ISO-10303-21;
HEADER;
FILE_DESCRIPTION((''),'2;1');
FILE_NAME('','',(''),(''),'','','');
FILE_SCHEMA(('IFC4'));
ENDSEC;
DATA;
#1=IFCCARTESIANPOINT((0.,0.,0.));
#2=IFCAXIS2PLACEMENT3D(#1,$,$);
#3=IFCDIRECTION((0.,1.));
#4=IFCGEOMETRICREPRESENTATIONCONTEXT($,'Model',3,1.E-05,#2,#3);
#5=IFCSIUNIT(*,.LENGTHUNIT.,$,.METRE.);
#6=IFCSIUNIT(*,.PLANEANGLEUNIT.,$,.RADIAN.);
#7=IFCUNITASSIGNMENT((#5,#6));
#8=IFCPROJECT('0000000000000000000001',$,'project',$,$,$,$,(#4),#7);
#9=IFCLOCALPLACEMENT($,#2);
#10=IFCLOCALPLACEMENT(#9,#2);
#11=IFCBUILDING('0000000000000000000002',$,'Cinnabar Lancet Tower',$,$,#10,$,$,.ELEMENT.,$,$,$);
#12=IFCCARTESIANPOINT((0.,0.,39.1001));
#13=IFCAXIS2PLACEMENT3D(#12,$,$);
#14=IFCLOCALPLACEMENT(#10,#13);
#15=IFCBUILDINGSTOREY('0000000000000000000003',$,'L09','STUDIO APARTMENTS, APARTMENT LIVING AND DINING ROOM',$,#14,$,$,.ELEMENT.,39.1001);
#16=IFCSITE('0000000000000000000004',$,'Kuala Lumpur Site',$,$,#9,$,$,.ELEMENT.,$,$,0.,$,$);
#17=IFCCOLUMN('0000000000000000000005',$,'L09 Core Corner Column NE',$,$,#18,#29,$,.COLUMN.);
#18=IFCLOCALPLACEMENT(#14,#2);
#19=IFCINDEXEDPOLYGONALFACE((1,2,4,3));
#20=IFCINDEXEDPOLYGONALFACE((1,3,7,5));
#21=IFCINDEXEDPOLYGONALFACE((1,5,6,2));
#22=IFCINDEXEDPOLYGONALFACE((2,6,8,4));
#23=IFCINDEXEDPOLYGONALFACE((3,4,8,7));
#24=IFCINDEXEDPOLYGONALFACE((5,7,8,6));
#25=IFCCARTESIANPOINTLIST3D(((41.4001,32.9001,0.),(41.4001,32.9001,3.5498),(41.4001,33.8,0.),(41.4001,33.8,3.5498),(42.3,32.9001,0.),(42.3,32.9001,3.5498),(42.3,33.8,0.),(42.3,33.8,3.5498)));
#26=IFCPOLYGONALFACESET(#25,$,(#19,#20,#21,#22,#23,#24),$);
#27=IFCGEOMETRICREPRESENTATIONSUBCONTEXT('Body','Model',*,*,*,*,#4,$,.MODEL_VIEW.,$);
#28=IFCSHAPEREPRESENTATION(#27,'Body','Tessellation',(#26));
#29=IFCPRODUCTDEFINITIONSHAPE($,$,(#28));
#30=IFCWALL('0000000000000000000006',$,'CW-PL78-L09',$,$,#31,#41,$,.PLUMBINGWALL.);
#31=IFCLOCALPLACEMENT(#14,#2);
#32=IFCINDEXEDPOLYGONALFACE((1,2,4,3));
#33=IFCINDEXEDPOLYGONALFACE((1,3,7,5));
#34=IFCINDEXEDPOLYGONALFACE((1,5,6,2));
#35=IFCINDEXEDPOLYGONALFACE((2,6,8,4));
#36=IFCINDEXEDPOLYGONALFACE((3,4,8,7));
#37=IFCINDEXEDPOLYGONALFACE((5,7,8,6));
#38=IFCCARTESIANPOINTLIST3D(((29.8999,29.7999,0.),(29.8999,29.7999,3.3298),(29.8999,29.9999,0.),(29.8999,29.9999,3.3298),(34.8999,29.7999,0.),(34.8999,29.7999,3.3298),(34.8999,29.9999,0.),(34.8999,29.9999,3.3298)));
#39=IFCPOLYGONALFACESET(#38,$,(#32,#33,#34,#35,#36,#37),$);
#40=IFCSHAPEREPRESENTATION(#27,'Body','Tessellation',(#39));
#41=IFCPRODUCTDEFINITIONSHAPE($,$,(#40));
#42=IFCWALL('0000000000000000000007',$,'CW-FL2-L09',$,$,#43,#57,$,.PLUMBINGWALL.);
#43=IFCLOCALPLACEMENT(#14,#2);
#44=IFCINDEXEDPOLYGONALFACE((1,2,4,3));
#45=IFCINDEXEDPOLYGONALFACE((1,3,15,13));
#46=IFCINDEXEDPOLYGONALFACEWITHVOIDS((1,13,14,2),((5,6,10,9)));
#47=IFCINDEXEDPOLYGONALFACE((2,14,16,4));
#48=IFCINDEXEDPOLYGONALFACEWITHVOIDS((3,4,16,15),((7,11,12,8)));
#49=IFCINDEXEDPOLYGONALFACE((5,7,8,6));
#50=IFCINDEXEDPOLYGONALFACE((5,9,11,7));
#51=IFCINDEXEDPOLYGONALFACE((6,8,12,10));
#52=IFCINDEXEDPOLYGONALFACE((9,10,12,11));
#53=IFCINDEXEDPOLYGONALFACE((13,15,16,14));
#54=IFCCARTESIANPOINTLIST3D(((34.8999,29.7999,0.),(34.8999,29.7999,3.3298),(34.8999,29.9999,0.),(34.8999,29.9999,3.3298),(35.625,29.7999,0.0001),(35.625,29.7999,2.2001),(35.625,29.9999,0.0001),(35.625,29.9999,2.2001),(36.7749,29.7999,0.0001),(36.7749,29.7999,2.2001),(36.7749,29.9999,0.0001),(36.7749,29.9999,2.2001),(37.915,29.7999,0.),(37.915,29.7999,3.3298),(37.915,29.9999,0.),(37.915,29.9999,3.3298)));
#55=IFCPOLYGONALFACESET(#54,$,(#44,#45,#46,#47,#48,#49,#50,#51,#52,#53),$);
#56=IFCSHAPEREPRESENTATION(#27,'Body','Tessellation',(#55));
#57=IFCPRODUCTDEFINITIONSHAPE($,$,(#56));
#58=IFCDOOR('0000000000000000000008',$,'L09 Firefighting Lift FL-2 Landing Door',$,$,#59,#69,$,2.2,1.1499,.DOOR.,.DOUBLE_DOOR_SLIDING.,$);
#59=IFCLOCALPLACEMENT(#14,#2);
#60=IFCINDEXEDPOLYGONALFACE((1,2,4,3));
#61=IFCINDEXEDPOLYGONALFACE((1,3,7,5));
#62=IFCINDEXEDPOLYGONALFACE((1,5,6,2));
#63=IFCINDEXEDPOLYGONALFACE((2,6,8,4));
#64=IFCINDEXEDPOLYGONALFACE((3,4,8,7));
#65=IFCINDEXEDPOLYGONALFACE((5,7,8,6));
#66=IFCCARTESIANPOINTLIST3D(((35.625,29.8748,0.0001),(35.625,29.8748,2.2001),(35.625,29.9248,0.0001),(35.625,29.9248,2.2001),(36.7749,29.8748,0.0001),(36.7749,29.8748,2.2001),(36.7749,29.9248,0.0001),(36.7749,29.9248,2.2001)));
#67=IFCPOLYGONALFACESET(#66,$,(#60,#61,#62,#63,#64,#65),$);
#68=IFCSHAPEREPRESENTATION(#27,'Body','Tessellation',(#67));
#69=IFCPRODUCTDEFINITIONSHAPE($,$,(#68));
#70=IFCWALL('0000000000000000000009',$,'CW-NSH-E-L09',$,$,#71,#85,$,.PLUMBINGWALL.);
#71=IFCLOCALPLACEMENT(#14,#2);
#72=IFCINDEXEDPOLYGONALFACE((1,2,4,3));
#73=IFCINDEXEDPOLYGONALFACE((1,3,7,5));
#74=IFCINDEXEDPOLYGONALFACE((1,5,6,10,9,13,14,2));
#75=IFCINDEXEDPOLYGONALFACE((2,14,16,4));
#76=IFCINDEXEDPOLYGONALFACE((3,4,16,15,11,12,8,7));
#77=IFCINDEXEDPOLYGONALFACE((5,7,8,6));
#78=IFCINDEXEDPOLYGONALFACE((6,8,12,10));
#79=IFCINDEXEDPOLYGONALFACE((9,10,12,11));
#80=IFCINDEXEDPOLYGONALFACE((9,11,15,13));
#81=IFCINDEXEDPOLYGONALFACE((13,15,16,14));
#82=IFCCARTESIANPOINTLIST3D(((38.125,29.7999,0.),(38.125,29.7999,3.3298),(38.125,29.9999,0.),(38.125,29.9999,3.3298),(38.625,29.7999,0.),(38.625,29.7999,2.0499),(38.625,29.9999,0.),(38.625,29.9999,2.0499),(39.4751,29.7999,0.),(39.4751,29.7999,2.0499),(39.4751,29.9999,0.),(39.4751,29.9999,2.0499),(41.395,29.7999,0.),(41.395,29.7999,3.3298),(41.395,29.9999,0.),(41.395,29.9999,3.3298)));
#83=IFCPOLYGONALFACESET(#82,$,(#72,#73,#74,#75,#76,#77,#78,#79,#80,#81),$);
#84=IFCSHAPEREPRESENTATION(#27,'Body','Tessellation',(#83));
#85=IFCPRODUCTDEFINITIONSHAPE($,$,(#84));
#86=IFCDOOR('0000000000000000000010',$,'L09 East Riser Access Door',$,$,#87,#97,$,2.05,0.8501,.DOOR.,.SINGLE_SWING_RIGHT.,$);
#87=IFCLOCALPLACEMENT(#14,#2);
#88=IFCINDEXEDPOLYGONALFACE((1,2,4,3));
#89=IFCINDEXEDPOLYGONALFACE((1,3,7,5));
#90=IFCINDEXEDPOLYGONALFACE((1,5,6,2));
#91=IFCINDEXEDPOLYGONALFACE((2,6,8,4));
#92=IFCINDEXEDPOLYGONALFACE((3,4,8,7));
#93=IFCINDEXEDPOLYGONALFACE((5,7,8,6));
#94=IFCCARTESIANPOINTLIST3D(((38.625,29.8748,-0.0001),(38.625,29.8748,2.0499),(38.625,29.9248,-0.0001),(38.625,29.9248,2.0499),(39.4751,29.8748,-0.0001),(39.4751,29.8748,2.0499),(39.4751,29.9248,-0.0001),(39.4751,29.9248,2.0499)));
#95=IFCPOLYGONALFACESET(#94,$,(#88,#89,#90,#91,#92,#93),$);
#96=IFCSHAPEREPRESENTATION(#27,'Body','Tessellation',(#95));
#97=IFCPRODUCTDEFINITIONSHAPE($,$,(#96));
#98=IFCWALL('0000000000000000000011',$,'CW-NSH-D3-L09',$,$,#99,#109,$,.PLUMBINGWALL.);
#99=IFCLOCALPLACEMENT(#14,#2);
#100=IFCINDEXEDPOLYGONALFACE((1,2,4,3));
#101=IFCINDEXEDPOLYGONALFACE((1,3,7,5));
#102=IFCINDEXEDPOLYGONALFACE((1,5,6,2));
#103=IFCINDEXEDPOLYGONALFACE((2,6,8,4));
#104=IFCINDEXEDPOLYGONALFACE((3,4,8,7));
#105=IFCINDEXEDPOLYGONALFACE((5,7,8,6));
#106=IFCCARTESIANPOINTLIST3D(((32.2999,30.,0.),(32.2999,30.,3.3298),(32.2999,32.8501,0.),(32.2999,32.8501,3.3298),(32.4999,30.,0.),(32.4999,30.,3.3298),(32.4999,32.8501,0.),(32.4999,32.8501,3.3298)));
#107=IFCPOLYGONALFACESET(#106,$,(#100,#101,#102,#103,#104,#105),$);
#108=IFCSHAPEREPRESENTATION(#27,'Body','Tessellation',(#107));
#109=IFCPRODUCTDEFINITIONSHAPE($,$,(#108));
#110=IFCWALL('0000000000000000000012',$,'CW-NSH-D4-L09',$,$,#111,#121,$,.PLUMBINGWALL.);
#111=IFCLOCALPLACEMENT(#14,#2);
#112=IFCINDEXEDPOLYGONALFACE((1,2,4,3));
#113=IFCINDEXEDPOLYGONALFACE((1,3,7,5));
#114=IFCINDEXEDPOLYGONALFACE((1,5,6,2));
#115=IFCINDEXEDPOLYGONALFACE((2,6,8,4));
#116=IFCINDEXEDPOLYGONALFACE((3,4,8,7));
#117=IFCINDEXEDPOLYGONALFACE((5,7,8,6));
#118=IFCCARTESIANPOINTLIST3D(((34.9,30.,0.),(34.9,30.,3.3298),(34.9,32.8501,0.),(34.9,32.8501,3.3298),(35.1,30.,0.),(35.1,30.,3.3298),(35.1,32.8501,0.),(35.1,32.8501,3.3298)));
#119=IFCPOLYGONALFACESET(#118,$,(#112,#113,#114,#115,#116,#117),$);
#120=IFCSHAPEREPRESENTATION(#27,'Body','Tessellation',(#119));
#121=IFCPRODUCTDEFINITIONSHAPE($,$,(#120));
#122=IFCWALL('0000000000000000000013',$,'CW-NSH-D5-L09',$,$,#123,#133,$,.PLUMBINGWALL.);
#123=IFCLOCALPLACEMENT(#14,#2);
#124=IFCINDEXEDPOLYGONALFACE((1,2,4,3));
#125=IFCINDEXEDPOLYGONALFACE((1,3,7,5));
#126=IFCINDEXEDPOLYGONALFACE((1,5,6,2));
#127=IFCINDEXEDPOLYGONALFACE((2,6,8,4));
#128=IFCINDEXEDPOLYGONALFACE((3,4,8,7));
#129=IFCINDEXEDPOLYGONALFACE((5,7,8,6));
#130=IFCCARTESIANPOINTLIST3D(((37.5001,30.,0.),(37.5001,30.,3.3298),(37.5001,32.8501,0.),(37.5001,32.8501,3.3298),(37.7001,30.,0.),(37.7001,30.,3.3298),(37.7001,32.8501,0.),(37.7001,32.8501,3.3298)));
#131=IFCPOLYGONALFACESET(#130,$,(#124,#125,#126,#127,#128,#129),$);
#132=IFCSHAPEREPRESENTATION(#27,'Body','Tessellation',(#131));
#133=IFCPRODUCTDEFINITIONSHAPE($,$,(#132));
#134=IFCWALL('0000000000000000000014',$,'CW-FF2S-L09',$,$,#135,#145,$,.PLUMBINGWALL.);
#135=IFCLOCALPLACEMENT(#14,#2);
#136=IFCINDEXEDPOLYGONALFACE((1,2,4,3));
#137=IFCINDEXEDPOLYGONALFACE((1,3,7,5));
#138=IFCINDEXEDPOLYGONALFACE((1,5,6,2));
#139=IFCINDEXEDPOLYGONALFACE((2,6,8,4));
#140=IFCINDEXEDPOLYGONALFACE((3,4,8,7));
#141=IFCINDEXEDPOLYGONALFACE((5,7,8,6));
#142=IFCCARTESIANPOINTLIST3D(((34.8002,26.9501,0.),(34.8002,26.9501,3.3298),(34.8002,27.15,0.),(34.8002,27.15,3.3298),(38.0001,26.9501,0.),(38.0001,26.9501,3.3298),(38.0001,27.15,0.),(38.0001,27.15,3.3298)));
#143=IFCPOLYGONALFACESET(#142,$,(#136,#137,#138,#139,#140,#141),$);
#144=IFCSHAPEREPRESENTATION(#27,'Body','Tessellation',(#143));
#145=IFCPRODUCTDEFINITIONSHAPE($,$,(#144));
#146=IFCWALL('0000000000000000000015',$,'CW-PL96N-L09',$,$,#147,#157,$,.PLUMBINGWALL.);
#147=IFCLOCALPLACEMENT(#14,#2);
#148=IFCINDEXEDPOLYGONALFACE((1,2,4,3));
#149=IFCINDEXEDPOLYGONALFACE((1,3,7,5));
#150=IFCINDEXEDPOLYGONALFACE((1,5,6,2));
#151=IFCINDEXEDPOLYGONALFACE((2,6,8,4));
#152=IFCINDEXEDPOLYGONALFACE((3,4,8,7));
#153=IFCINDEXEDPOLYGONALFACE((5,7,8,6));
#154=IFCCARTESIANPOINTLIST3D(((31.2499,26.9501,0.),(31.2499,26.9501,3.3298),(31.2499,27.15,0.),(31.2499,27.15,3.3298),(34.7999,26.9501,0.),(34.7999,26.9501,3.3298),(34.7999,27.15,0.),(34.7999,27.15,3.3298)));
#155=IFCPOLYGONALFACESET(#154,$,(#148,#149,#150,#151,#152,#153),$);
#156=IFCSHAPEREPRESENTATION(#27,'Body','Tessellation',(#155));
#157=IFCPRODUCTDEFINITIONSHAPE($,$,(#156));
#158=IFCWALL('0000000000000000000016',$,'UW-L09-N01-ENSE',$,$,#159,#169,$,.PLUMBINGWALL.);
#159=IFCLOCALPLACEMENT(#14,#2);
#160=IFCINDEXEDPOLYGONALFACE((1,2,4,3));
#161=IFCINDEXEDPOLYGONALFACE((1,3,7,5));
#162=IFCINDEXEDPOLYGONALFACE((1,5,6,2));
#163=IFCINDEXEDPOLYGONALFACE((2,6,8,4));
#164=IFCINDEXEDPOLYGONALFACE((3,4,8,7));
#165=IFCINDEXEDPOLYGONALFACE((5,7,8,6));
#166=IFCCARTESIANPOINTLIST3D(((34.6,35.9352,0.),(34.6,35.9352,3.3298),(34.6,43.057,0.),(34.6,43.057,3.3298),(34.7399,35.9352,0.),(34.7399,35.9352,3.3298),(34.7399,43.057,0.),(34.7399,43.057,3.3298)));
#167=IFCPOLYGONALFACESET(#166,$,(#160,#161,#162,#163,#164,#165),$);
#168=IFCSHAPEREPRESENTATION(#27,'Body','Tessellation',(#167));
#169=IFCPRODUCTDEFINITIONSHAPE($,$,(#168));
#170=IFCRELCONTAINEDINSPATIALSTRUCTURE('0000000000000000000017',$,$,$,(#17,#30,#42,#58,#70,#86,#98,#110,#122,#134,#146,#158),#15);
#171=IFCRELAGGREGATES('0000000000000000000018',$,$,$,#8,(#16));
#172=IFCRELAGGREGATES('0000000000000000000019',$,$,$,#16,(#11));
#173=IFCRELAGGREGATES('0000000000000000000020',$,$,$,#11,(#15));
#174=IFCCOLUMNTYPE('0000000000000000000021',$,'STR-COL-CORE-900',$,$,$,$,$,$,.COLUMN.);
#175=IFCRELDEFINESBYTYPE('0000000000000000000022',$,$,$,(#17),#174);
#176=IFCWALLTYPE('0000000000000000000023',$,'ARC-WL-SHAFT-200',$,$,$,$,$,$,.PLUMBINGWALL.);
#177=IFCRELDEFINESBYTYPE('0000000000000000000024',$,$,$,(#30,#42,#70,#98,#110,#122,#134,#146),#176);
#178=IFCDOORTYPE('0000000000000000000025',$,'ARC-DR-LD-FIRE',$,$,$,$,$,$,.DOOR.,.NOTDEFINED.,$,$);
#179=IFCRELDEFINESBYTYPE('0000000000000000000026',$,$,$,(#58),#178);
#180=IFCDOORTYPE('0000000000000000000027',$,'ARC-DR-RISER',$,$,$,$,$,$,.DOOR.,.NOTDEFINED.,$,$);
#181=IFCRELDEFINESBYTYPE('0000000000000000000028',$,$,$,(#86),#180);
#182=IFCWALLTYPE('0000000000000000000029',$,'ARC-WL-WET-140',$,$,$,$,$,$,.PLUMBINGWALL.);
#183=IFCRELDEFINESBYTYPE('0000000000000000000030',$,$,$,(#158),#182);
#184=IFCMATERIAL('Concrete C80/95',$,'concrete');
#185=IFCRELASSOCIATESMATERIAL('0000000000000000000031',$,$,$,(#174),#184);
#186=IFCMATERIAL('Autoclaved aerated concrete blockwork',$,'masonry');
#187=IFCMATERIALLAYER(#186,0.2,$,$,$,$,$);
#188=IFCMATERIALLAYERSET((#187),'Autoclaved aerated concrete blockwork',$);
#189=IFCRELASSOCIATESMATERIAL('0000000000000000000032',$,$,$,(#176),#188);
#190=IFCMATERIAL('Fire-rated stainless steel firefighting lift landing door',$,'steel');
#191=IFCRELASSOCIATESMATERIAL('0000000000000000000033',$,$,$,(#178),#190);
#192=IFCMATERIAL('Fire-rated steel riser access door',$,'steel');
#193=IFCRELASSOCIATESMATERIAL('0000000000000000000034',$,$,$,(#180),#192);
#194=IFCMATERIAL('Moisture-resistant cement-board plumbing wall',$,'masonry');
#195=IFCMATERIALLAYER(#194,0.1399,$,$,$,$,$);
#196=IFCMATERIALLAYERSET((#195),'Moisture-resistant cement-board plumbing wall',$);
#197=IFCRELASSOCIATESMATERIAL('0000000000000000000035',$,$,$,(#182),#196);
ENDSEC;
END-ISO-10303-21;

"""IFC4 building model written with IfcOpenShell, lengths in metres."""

from ifc_helpers import new_model, si_unit, direction, frame, frame_2d, origin, origin_2d, place, context, subcontext, project, spatial, rectangle, extrude, material, layer, layer_set, material_profile, profile_set, type_object, element, fill, save


model = new_model("IFC4")

# Units and contexts
model_context = context("Model", 3, precision=1e-05, world=origin(), true_north=direction((0.0, 1.0)))
body_context = subcontext(model_context, "Body", "Model", "MODEL_VIEW")
ifc_project = project(units=[si_unit("LENGTHUNIT", "METRE"), si_unit("PLANEANGLEUNIT", "RADIAN")], contexts=[model_context])

# Site, building, storey
site_placement = place(None, origin())
site = spatial("IfcSite", under=ifc_project, at=site_placement, Name="Kuala Lumpur Site", CompositionType="ELEMENT", RefElevation=0.0)
building_placement = place(site_placement, origin())
building = spatial("IfcBuilding", under=site, at=building_placement, Name="Cinnabar Lancet Tower", CompositionType="ELEMENT")
storey_placement = place(building_placement, frame((0.0, 0.0, 39.1001)))
storey = spatial("IfcBuildingStorey", under=building, at=storey_placement, Name="L09", Description="STUDIO APARTMENTS, APARTMENT LIVING AND DINING ROOM", CompositionType="ELEMENT", Elevation=39.1001)

# Column
ifc_material_1 = material(Name="Concrete C80/95", Category="concrete")
ifc_material_profile = material_profile(ifc_material_1, rectangle(XDim=0.8999, YDim=0.8999, at=origin_2d()), Name="RC-COL 900x900")
ifc_profile_set = profile_set([ifc_material_profile], Name="Concrete C80/95")
column_type = type_object("IfcColumnType", Name="STR-COL-CORE-900", PredefinedType="COLUMN", material=ifc_profile_set)
column_placement = place(storey_placement, frame((41.8501, 33.3501, 0.0), z_axis=(0.0, 0.0, 1.0), x_axis=(1.0, 0.0, 0.0)))
element("IfcColumn", 1, at=column_placement, inside=storey, type_object=column_type, Name="L09 Core Corner Column NE", PredefinedType="COLUMN", context=body_context, shape_type="SweptSolid", body=[
    extrude(rectangle(XDim=0.8999, YDim=0.8999, at=origin_2d()), origin(), (0.0, 0.0, 1.0), 3.5498),
])

# Wall
ifc_material_2 = material(Name="Autoclaved aerated concrete blockwork", Category="masonry")
ifc_layer_1 = layer(ifc_material_2, 0.2)
ifc_layer_set_1 = layer_set([ifc_layer_1], Name="Autoclaved aerated concrete blockwork")
wall_type_1 = type_object("IfcWallType", Name="ARC-WL-SHAFT-200", PredefinedType="PLUMBINGWALL", material=ifc_layer_set_1)
wall_1_placement = place(storey_placement, frame((29.8999, 29.8999, 0.0), z_axis=(0.0, 0.0, 1.0), x_axis=(1.0, 0.0, 0.0)))
element("IfcWall", 2, at=wall_1_placement, inside=storey, type_object=wall_type_1, Name="CW-PL78-L09", PredefinedType="PLUMBINGWALL", context=body_context, shape_type="SweptSolid", body=[
    extrude(rectangle(XDim=5.0, YDim=0.2, at=frame_2d((2.5, 0.0))), origin(), (0.0, 0.0, 1.0), 3.3298),
])

# Walls, openings, doors
wall_2_placement = place(storey_placement, frame((34.8999, 29.8999, 0.0), z_axis=(0.0, 0.0, 1.0), x_axis=(1.0, 0.0, 0.0)))
wall_2 = element("IfcWall", 3, at=wall_2_placement, inside=storey, type_object=wall_type_1, Name="CW-FL2-L09", PredefinedType="PLUMBINGWALL", context=body_context, shape_type="SweptSolid", body=[
    extrude(rectangle(XDim=3.0151, YDim=0.2, at=frame_2d((1.5076, 0.0))), origin(), (0.0, 0.0, 1.0), 3.3298),
])
opening_1_placement = place(wall_2_placement, frame((0.7251, 0.0, 0.0)))
opening_1 = element("IfcOpeningElement", 4, at=opening_1_placement, cuts=wall_2, PredefinedType="OPENING", context=body_context, shape_type="SweptSolid", body=[
    extrude(rectangle(XDim=1.1499, YDim=2.2, at=frame_2d((0.575, 1.1001))), frame((0.0, 0.1099, 0.0), z_axis=(0.0, -1.0, 0.0), x_axis=(1.0, 0.0, 0.0)), (0.0, 0.0, 1.0), 0.22),
])
ifc_material_3 = material(Name="Fire-rated stainless steel firefighting lift landing door", Category="steel")
door_type_1 = type_object("IfcDoorType", Name="ARC-DR-LD-FIRE", OperationType="NOTDEFINED", PredefinedType="DOOR", material=ifc_material_3)
door_1_placement = place(opening_1_placement, origin())
door_1 = element("IfcDoor", 5, at=door_1_placement, inside=storey, type_object=door_type_1, Name="L09 Firefighting Lift FL-2 Landing Door", OperationType="DOUBLE_DOOR_SLIDING", OverallHeight=2.2, OverallWidth=1.1499, PredefinedType="DOOR", context=body_context, shape_type="SweptSolid", body=[
    extrude(rectangle(XDim=1.1499, YDim=2.2, at=frame_2d((0.575, 1.1001))), frame((0.0, 0.0249, 0.0), z_axis=(0.0, -1.0, 0.0), x_axis=(1.0, 0.0, 0.0)), (0.0, 0.0, 1.0), 0.05),
])
fill(opening_1, door_1)
wall_3_placement = place(storey_placement, frame((38.125, 29.8999, 0.0), z_axis=(0.0, 0.0, 1.0), x_axis=(1.0, 0.0, 0.0)))
wall_3 = element("IfcWall", 6, at=wall_3_placement, inside=storey, type_object=wall_type_1, Name="CW-NSH-E-L09", PredefinedType="PLUMBINGWALL", context=body_context, shape_type="SweptSolid", body=[
    extrude(rectangle(XDim=3.27, YDim=0.2, at=frame_2d((1.635, 0.0))), origin(), (0.0, 0.0, 1.0), 3.3298),
])
opening_2_placement = place(wall_3_placement, frame((0.5, 0.0, 0.0)))
opening_2 = element("IfcOpeningElement", 7, at=opening_2_placement, cuts=wall_3, PredefinedType="OPENING", context=body_context, shape_type="SweptSolid", body=[
    extrude(rectangle(XDim=0.8501, YDim=2.05, at=frame_2d((0.425, 1.0249))), frame((0.0, 0.1099, 0.0), z_axis=(0.0, -1.0, 0.0), x_axis=(1.0, 0.0, 0.0)), (0.0, 0.0, 1.0), 0.22),
])
ifc_material_4 = material(Name="Fire-rated steel riser access door", Category="steel")
door_type_2 = type_object("IfcDoorType", Name="ARC-DR-RISER", OperationType="NOTDEFINED", PredefinedType="DOOR", material=ifc_material_4)
door_2_placement = place(opening_2_placement, origin())
door_2 = element("IfcDoor", 8, at=door_2_placement, inside=storey, type_object=door_type_2, Name="L09 East Riser Access Door", OperationType="SINGLE_SWING_RIGHT", OverallHeight=2.05, OverallWidth=0.8501, PredefinedType="DOOR", context=body_context, shape_type="SweptSolid", body=[
    extrude(rectangle(XDim=0.8501, YDim=2.05, at=frame_2d((0.425, 1.0249))), frame((0.0, 0.0249, 0.0), z_axis=(0.0, -1.0, 0.0), x_axis=(1.0, 0.0, 0.0)), (0.0, 0.0, 1.0), 0.05),
])
fill(opening_2, door_2)

# Walls
for number, where, z_axis, x_axis, name in (
    (9, (32.3999, 30.0, 0.0), (0.0, 0.0, 1.0), (0.0, 1.0, 0.0), "CW-NSH-D3-L09"),
    (10, (35.0, 30.0, 0.0), (0.0, 0.0, 1.0), (0.0, 1.0, 0.0), "CW-NSH-D4-L09"),
    (11, (37.6001, 30.0, 0.0), (0.0, 0.0, 1.0), (0.0, 1.0, 0.0), "CW-NSH-D5-L09"),
):
    element("IfcWall", number, at=place(storey_placement, frame(where, z_axis=z_axis, x_axis=x_axis)), inside=storey, type_object=wall_type_1, Name=name, PredefinedType="PLUMBINGWALL", context=body_context, shape_type="SweptSolid", body=[
        extrude(rectangle(XDim=2.8501, YDim=0.2, at=frame_2d((1.425, 0.0))), origin(), (0.0, 0.0, 1.0), 3.3298),
    ])

# Walls
wall_4_placement = place(storey_placement, frame((34.8, 27.05, 0.0), z_axis=(0.0, 0.0, 1.0), x_axis=(1.0, 0.0, 0.0)))
element("IfcWall", 12, at=wall_4_placement, inside=storey, type_object=wall_type_1, Name="CW-FF2S-L09", PredefinedType="PLUMBINGWALL", context=body_context, shape_type="SweptSolid", body=[
    extrude(rectangle(XDim=3.2, YDim=0.2, at=frame_2d((1.6001, 0.0))), origin(), (0.0, 0.0, 1.0), 3.3298),
])
wall_5_placement = place(storey_placement, frame((31.25, 27.05, 0.0), z_axis=(0.0, 0.0, 1.0), x_axis=(1.0, 0.0, 0.0)))
element("IfcWall", 13, at=wall_5_placement, inside=storey, type_object=wall_type_1, Name="CW-PL96N-L09", PredefinedType="PLUMBINGWALL", context=body_context, shape_type="SweptSolid", body=[
    extrude(rectangle(XDim=3.55, YDim=0.2, at=frame_2d((1.7749, 0.0))), origin(), (0.0, 0.0, 1.0), 3.3298),
])
ifc_material_5 = material(Name="Moisture-resistant cement-board plumbing wall", Category="masonry")
ifc_layer_2 = layer(ifc_material_5, 0.1399)
ifc_layer_set_2 = layer_set([ifc_layer_2], Name="Moisture-resistant cement-board plumbing wall")
wall_type_2 = type_object("IfcWallType", Name="ARC-WL-WET-140", PredefinedType="PLUMBINGWALL", material=ifc_layer_set_2)
wall_6_placement = place(storey_placement, frame((34.6699, 35.9351, 0.0), z_axis=(0.0, 0.0, 1.0), x_axis=(0.0, 1.0, 0.0)))
element("IfcWall", 14, at=wall_6_placement, inside=storey, type_object=wall_type_2, Name="UW-L09-N01-ENSE", PredefinedType="PLUMBINGWALL", context=body_context, shape_type="SweptSolid", body=[
    extrude(rectangle(XDim=7.1218, YDim=0.1399, at=frame_2d((3.561, 0.0))), origin(), (0.0, 0.0, 1.0), 3.3298),
])

save(model, "model.ifc")
